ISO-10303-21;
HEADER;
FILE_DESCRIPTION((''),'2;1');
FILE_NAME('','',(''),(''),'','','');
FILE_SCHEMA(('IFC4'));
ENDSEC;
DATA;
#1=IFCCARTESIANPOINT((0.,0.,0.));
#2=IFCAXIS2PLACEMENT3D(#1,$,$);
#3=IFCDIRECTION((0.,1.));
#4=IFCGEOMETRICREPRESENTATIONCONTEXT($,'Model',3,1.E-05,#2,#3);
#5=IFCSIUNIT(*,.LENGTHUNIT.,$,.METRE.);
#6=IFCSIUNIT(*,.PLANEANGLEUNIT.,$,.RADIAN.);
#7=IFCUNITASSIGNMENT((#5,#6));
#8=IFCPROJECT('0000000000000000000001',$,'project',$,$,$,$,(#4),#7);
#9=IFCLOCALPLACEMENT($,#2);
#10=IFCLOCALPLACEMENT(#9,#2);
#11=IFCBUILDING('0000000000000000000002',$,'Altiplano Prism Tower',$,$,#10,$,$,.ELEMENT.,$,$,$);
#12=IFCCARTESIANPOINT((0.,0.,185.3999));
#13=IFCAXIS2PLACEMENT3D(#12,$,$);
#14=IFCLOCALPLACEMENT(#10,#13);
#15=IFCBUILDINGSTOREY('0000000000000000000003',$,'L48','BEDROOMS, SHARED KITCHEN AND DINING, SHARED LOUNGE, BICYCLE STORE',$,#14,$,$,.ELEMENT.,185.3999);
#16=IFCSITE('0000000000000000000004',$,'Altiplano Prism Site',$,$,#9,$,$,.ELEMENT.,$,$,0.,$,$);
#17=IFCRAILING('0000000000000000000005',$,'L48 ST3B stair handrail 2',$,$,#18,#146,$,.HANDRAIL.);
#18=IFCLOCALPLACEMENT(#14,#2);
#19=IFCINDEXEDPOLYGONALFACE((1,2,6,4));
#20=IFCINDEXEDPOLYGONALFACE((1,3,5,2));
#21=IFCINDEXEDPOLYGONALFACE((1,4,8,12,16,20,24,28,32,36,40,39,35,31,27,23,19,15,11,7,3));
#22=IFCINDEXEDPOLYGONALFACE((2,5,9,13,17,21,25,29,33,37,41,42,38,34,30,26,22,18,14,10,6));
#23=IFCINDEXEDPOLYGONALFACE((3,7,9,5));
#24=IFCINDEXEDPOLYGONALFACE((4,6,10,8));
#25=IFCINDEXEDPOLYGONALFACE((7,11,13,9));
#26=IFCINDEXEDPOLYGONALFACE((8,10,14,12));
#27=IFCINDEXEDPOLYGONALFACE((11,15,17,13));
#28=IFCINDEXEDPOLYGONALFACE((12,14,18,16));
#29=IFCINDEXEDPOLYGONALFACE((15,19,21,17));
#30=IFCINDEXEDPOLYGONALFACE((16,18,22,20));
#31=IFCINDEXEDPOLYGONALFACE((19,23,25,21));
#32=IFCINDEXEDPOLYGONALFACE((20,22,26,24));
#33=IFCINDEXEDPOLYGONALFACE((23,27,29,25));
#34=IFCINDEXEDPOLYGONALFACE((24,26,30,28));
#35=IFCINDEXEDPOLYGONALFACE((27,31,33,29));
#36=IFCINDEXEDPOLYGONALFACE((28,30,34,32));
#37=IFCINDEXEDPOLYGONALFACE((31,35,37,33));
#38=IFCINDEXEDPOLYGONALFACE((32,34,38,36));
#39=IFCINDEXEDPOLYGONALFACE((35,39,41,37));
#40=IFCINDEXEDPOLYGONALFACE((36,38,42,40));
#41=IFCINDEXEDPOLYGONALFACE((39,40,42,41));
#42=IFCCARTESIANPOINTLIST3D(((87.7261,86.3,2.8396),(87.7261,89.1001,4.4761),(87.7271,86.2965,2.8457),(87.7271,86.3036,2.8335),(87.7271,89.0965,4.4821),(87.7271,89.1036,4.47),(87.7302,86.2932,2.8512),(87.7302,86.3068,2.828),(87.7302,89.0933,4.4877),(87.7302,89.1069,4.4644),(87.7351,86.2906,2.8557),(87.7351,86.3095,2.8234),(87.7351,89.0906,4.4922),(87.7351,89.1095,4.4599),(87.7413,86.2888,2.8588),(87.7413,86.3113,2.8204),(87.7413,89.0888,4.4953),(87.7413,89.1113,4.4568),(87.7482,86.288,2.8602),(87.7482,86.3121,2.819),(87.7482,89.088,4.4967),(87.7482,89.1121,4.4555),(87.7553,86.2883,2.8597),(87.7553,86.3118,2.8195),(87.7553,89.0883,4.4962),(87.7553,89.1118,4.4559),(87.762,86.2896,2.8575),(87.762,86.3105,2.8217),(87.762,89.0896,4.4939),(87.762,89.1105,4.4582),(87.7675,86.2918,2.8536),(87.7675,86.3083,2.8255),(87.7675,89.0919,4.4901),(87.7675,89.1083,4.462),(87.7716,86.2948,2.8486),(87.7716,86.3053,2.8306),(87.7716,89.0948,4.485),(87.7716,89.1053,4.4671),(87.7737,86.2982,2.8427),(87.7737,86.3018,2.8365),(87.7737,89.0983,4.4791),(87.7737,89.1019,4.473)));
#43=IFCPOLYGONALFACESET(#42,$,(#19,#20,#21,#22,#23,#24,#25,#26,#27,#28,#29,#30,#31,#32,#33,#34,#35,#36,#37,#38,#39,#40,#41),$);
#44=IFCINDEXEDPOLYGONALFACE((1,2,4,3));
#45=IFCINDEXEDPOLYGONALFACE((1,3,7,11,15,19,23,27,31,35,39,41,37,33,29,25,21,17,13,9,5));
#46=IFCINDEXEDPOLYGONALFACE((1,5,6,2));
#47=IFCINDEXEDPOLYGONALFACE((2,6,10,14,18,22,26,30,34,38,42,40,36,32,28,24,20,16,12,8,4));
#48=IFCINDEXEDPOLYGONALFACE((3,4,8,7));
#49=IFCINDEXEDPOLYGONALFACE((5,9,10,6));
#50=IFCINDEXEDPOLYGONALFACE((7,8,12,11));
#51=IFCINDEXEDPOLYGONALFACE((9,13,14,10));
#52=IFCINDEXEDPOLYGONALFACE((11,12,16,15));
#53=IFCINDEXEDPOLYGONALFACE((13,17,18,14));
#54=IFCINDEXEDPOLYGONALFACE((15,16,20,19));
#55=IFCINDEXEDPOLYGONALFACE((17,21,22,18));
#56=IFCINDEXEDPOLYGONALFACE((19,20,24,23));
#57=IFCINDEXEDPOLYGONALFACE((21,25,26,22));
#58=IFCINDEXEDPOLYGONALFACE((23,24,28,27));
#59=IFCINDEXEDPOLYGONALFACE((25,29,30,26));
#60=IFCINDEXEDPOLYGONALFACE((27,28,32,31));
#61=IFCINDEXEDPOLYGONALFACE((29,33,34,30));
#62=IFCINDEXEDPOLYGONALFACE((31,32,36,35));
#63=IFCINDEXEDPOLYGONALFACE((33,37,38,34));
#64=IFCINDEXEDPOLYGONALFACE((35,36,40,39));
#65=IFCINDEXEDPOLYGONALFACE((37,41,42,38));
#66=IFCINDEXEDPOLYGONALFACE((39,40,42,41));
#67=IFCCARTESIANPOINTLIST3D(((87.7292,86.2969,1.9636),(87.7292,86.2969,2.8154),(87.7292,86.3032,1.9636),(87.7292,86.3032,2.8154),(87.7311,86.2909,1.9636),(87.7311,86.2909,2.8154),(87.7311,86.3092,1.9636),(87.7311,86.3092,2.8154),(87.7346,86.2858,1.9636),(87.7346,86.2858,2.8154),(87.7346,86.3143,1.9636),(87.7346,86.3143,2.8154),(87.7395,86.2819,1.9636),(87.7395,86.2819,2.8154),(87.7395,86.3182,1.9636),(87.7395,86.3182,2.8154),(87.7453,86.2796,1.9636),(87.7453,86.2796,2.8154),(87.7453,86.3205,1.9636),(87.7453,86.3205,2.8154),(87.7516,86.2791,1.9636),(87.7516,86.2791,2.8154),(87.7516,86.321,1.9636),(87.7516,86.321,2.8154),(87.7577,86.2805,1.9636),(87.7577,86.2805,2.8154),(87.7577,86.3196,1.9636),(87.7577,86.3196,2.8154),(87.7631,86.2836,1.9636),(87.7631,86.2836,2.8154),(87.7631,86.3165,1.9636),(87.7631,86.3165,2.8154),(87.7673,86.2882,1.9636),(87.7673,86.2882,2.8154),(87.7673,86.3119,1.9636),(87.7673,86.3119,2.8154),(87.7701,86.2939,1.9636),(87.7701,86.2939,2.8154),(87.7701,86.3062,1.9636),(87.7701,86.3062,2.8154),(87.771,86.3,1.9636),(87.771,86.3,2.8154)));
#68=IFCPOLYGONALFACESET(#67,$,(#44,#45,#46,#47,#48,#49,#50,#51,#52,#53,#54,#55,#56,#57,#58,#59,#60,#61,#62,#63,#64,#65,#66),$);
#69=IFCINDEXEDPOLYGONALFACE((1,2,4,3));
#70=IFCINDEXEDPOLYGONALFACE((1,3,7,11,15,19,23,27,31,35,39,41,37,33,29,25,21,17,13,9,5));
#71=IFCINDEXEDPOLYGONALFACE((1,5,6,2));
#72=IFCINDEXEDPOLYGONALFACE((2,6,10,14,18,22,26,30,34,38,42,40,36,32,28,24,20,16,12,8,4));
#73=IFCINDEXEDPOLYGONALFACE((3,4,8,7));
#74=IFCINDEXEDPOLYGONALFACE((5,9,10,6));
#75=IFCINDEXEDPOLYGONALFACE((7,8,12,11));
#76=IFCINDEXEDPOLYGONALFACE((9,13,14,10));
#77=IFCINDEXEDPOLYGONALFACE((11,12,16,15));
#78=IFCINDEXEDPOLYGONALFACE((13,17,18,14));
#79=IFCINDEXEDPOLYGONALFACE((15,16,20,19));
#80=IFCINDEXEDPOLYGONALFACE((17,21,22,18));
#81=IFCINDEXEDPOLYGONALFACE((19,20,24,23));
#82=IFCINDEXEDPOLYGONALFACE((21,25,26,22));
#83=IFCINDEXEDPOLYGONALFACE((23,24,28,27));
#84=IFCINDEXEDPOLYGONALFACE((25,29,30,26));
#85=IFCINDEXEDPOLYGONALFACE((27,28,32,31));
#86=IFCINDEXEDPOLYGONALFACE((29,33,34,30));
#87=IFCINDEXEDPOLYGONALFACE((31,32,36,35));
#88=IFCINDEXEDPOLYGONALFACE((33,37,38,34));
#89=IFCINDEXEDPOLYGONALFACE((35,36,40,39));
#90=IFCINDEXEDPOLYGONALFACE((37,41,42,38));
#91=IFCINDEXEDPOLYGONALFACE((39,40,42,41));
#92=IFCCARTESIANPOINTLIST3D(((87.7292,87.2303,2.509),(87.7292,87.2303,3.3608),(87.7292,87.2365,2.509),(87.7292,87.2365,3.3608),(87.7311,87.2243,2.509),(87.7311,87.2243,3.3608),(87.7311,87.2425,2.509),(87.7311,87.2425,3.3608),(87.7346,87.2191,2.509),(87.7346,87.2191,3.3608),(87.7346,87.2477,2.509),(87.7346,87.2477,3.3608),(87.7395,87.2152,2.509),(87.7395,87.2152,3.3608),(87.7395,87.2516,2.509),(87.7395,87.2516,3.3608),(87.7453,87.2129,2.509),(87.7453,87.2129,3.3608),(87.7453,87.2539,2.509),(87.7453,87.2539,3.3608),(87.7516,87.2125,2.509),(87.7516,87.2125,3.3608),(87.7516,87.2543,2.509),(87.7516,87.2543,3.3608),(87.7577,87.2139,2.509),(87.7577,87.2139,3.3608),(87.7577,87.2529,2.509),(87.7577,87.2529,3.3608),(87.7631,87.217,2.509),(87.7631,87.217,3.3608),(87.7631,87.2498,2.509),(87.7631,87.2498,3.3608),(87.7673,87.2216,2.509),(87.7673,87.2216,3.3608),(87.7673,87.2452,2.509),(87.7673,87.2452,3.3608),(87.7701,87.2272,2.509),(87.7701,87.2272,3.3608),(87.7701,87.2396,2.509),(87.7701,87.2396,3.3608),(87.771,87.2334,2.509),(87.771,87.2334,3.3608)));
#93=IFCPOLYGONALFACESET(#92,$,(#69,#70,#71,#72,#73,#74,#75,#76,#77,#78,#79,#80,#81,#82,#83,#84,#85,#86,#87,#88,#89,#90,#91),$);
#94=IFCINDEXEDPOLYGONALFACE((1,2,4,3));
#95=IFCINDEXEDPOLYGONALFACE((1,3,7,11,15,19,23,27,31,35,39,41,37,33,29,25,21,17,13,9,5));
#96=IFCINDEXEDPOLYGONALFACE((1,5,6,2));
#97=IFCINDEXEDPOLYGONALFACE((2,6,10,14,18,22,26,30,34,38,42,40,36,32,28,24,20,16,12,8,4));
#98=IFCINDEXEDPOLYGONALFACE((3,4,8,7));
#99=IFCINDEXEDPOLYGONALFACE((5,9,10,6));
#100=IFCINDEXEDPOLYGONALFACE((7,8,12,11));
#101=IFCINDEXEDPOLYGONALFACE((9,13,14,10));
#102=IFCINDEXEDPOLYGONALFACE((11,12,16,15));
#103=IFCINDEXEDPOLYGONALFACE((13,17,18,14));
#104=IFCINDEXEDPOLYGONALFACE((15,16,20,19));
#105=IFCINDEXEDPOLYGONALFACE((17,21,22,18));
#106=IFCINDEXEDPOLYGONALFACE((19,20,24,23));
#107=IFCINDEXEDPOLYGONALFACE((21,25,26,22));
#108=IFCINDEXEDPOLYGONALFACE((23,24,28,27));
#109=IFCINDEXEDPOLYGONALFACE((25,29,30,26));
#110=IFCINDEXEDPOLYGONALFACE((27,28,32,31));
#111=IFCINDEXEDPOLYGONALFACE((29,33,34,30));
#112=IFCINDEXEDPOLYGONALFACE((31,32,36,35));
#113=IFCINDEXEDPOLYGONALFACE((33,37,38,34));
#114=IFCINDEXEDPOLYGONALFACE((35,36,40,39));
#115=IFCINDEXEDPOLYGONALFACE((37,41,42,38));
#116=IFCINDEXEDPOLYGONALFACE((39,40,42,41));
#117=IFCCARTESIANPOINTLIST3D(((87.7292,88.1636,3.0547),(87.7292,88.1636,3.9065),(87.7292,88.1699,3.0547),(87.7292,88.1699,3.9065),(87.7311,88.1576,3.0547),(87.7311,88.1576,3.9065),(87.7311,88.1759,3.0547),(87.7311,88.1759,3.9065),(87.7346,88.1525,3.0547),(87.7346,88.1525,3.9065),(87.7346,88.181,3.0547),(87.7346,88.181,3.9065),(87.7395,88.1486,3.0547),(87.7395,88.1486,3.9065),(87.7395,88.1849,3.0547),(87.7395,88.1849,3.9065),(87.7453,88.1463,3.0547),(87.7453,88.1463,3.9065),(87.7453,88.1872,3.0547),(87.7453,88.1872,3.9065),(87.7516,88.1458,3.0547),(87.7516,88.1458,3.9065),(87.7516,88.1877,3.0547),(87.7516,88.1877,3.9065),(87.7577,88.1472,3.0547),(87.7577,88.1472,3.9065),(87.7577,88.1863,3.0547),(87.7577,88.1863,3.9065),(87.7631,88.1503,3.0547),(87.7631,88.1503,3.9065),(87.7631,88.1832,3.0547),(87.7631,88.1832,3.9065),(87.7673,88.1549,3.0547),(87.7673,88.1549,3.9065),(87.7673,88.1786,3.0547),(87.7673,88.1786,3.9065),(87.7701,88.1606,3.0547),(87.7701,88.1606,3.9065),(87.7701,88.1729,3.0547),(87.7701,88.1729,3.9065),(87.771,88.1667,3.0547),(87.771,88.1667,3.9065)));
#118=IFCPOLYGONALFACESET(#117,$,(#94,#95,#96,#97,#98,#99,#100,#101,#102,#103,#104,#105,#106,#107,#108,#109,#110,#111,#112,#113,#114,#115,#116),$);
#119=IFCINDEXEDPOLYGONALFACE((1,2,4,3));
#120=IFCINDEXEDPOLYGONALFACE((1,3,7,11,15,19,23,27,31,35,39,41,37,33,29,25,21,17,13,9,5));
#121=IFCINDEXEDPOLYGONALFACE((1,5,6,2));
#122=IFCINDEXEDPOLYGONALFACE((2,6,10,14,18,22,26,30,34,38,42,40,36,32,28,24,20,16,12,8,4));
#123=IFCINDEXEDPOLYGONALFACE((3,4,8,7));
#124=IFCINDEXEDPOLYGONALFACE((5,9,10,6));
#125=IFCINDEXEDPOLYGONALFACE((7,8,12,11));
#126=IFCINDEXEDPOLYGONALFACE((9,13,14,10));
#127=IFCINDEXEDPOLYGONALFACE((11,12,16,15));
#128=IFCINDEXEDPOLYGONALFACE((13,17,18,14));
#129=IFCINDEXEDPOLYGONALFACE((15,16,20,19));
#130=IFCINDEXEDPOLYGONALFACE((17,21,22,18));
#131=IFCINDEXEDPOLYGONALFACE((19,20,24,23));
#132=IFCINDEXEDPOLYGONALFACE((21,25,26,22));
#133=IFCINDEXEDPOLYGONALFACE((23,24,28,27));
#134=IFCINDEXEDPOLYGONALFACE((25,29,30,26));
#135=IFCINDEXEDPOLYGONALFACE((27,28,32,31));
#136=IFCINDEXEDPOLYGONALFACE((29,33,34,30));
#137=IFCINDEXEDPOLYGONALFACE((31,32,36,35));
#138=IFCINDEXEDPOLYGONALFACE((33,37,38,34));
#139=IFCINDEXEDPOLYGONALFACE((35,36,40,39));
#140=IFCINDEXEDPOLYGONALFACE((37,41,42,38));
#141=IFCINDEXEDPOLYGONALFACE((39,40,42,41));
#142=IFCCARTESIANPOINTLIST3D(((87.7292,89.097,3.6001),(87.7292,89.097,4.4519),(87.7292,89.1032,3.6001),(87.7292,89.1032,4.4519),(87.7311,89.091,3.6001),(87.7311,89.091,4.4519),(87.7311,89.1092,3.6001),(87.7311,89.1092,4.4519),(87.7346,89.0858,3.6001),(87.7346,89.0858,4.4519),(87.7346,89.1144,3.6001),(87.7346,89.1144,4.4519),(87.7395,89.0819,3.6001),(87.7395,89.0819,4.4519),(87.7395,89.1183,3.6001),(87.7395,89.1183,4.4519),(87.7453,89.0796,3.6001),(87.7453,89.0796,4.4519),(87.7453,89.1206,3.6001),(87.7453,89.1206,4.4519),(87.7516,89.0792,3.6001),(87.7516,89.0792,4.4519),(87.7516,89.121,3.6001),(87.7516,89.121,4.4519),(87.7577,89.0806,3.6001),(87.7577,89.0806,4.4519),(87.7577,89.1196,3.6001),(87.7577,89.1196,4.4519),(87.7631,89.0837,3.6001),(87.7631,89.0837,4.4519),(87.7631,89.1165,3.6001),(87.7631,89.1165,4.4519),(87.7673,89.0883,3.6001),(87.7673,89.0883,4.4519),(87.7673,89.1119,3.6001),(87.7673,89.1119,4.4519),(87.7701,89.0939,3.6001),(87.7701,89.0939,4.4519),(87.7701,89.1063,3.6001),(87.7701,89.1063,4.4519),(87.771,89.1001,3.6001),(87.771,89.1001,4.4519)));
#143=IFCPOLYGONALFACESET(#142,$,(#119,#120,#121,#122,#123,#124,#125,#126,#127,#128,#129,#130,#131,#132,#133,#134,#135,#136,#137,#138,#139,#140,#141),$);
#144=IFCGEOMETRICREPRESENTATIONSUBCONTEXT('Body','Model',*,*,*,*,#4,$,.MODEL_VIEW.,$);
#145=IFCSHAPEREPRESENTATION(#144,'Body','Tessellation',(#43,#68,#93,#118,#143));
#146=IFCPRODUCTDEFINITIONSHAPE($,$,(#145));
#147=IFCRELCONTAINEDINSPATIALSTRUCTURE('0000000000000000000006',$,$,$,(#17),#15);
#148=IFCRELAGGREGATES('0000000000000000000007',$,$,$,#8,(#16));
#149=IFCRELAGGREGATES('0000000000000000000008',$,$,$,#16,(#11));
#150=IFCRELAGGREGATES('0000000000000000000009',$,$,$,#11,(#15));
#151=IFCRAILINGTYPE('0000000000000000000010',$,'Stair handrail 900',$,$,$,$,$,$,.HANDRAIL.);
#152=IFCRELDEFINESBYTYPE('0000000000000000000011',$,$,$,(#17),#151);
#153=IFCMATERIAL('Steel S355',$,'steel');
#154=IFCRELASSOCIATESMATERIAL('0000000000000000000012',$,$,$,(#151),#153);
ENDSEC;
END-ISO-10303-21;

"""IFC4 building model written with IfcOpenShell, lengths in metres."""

from ifc_helpers import new_model, si_unit, direction, frame, origin, origin_2d, place, context, subcontext, project, spatial, circle, extrude, material, type_object, element, save


model = new_model("IFC4")

# Units and contexts
model_context = context("Model", 3, precision=1e-05, world=origin(), true_north=direction((0.0, 1.0)))
body_context = subcontext(model_context, "Body", "Model", "MODEL_VIEW")
ifc_project = project(units=[si_unit("LENGTHUNIT", "METRE"), si_unit("PLANEANGLEUNIT", "RADIAN")], contexts=[model_context])

# Site, building, storey
site_placement = place(None, origin())
site = spatial("IfcSite", under=ifc_project, at=site_placement, Name="Altiplano Prism Site", CompositionType="ELEMENT", RefElevation=0.0)
building_placement = place(site_placement, origin())
building = spatial("IfcBuilding", under=site, at=building_placement, Name="Altiplano Prism Tower", CompositionType="ELEMENT")
storey_placement = place(building_placement, frame((0.0, 0.0, 185.3999)))
storey = spatial("IfcBuildingStorey", under=building, at=storey_placement, Name="L48", Description="BEDROOMS, SHARED KITCHEN AND DINING, SHARED LOUNGE, BICYCLE STORE", CompositionType="ELEMENT", Elevation=185.3999)

# Railing
ifc_material_1 = material(Name="Steel S355", Category="steel")
railing_type = type_object("IfcRailingType", Name="Stair handrail 900", PredefinedType="HANDRAIL", material=ifc_material_1)
for number, where, name in (
    (1, (87.75, 86.3, 1.9636), "L48 ST3B stair handrail 2"),
):
    element("IfcRailing", number, at=place(storey_placement, frame(where)), inside=storey, type_object=railing_type, Name=name, PredefinedType="HANDRAIL", context=body_context, shape_type="SweptSolid", body=[
        extrude(circle(Radius=0.0239, at=origin_2d()), frame((0.0, 0.0, 0.876), z_axis=(0.0, 0.863361, 0.504587), x_axis=(-1.0, 0.0, 0.0)), (0.0, 0.0, 1.0), 3.2432),
        extrude(circle(Radius=0.021, at=origin_2d()), origin(), (0.0, 0.0, 1.0), 0.8518),
        extrude(circle(Radius=0.021, at=origin_2d()), frame((0.0, 0.9333, 0.5454)), (0.0, 0.0, 1.0), 0.8518),
        extrude(circle(Radius=0.021, at=origin_2d()), frame((0.0, 1.8667, 1.0911)), (0.0, 0.0, 1.0), 0.8518),
        extrude(circle(Radius=0.021, at=origin_2d()), frame((0.0, 2.8, 1.6365)), (0.0, 0.0, 1.0), 0.8518),
    ])

save(model, "model.ifc")
